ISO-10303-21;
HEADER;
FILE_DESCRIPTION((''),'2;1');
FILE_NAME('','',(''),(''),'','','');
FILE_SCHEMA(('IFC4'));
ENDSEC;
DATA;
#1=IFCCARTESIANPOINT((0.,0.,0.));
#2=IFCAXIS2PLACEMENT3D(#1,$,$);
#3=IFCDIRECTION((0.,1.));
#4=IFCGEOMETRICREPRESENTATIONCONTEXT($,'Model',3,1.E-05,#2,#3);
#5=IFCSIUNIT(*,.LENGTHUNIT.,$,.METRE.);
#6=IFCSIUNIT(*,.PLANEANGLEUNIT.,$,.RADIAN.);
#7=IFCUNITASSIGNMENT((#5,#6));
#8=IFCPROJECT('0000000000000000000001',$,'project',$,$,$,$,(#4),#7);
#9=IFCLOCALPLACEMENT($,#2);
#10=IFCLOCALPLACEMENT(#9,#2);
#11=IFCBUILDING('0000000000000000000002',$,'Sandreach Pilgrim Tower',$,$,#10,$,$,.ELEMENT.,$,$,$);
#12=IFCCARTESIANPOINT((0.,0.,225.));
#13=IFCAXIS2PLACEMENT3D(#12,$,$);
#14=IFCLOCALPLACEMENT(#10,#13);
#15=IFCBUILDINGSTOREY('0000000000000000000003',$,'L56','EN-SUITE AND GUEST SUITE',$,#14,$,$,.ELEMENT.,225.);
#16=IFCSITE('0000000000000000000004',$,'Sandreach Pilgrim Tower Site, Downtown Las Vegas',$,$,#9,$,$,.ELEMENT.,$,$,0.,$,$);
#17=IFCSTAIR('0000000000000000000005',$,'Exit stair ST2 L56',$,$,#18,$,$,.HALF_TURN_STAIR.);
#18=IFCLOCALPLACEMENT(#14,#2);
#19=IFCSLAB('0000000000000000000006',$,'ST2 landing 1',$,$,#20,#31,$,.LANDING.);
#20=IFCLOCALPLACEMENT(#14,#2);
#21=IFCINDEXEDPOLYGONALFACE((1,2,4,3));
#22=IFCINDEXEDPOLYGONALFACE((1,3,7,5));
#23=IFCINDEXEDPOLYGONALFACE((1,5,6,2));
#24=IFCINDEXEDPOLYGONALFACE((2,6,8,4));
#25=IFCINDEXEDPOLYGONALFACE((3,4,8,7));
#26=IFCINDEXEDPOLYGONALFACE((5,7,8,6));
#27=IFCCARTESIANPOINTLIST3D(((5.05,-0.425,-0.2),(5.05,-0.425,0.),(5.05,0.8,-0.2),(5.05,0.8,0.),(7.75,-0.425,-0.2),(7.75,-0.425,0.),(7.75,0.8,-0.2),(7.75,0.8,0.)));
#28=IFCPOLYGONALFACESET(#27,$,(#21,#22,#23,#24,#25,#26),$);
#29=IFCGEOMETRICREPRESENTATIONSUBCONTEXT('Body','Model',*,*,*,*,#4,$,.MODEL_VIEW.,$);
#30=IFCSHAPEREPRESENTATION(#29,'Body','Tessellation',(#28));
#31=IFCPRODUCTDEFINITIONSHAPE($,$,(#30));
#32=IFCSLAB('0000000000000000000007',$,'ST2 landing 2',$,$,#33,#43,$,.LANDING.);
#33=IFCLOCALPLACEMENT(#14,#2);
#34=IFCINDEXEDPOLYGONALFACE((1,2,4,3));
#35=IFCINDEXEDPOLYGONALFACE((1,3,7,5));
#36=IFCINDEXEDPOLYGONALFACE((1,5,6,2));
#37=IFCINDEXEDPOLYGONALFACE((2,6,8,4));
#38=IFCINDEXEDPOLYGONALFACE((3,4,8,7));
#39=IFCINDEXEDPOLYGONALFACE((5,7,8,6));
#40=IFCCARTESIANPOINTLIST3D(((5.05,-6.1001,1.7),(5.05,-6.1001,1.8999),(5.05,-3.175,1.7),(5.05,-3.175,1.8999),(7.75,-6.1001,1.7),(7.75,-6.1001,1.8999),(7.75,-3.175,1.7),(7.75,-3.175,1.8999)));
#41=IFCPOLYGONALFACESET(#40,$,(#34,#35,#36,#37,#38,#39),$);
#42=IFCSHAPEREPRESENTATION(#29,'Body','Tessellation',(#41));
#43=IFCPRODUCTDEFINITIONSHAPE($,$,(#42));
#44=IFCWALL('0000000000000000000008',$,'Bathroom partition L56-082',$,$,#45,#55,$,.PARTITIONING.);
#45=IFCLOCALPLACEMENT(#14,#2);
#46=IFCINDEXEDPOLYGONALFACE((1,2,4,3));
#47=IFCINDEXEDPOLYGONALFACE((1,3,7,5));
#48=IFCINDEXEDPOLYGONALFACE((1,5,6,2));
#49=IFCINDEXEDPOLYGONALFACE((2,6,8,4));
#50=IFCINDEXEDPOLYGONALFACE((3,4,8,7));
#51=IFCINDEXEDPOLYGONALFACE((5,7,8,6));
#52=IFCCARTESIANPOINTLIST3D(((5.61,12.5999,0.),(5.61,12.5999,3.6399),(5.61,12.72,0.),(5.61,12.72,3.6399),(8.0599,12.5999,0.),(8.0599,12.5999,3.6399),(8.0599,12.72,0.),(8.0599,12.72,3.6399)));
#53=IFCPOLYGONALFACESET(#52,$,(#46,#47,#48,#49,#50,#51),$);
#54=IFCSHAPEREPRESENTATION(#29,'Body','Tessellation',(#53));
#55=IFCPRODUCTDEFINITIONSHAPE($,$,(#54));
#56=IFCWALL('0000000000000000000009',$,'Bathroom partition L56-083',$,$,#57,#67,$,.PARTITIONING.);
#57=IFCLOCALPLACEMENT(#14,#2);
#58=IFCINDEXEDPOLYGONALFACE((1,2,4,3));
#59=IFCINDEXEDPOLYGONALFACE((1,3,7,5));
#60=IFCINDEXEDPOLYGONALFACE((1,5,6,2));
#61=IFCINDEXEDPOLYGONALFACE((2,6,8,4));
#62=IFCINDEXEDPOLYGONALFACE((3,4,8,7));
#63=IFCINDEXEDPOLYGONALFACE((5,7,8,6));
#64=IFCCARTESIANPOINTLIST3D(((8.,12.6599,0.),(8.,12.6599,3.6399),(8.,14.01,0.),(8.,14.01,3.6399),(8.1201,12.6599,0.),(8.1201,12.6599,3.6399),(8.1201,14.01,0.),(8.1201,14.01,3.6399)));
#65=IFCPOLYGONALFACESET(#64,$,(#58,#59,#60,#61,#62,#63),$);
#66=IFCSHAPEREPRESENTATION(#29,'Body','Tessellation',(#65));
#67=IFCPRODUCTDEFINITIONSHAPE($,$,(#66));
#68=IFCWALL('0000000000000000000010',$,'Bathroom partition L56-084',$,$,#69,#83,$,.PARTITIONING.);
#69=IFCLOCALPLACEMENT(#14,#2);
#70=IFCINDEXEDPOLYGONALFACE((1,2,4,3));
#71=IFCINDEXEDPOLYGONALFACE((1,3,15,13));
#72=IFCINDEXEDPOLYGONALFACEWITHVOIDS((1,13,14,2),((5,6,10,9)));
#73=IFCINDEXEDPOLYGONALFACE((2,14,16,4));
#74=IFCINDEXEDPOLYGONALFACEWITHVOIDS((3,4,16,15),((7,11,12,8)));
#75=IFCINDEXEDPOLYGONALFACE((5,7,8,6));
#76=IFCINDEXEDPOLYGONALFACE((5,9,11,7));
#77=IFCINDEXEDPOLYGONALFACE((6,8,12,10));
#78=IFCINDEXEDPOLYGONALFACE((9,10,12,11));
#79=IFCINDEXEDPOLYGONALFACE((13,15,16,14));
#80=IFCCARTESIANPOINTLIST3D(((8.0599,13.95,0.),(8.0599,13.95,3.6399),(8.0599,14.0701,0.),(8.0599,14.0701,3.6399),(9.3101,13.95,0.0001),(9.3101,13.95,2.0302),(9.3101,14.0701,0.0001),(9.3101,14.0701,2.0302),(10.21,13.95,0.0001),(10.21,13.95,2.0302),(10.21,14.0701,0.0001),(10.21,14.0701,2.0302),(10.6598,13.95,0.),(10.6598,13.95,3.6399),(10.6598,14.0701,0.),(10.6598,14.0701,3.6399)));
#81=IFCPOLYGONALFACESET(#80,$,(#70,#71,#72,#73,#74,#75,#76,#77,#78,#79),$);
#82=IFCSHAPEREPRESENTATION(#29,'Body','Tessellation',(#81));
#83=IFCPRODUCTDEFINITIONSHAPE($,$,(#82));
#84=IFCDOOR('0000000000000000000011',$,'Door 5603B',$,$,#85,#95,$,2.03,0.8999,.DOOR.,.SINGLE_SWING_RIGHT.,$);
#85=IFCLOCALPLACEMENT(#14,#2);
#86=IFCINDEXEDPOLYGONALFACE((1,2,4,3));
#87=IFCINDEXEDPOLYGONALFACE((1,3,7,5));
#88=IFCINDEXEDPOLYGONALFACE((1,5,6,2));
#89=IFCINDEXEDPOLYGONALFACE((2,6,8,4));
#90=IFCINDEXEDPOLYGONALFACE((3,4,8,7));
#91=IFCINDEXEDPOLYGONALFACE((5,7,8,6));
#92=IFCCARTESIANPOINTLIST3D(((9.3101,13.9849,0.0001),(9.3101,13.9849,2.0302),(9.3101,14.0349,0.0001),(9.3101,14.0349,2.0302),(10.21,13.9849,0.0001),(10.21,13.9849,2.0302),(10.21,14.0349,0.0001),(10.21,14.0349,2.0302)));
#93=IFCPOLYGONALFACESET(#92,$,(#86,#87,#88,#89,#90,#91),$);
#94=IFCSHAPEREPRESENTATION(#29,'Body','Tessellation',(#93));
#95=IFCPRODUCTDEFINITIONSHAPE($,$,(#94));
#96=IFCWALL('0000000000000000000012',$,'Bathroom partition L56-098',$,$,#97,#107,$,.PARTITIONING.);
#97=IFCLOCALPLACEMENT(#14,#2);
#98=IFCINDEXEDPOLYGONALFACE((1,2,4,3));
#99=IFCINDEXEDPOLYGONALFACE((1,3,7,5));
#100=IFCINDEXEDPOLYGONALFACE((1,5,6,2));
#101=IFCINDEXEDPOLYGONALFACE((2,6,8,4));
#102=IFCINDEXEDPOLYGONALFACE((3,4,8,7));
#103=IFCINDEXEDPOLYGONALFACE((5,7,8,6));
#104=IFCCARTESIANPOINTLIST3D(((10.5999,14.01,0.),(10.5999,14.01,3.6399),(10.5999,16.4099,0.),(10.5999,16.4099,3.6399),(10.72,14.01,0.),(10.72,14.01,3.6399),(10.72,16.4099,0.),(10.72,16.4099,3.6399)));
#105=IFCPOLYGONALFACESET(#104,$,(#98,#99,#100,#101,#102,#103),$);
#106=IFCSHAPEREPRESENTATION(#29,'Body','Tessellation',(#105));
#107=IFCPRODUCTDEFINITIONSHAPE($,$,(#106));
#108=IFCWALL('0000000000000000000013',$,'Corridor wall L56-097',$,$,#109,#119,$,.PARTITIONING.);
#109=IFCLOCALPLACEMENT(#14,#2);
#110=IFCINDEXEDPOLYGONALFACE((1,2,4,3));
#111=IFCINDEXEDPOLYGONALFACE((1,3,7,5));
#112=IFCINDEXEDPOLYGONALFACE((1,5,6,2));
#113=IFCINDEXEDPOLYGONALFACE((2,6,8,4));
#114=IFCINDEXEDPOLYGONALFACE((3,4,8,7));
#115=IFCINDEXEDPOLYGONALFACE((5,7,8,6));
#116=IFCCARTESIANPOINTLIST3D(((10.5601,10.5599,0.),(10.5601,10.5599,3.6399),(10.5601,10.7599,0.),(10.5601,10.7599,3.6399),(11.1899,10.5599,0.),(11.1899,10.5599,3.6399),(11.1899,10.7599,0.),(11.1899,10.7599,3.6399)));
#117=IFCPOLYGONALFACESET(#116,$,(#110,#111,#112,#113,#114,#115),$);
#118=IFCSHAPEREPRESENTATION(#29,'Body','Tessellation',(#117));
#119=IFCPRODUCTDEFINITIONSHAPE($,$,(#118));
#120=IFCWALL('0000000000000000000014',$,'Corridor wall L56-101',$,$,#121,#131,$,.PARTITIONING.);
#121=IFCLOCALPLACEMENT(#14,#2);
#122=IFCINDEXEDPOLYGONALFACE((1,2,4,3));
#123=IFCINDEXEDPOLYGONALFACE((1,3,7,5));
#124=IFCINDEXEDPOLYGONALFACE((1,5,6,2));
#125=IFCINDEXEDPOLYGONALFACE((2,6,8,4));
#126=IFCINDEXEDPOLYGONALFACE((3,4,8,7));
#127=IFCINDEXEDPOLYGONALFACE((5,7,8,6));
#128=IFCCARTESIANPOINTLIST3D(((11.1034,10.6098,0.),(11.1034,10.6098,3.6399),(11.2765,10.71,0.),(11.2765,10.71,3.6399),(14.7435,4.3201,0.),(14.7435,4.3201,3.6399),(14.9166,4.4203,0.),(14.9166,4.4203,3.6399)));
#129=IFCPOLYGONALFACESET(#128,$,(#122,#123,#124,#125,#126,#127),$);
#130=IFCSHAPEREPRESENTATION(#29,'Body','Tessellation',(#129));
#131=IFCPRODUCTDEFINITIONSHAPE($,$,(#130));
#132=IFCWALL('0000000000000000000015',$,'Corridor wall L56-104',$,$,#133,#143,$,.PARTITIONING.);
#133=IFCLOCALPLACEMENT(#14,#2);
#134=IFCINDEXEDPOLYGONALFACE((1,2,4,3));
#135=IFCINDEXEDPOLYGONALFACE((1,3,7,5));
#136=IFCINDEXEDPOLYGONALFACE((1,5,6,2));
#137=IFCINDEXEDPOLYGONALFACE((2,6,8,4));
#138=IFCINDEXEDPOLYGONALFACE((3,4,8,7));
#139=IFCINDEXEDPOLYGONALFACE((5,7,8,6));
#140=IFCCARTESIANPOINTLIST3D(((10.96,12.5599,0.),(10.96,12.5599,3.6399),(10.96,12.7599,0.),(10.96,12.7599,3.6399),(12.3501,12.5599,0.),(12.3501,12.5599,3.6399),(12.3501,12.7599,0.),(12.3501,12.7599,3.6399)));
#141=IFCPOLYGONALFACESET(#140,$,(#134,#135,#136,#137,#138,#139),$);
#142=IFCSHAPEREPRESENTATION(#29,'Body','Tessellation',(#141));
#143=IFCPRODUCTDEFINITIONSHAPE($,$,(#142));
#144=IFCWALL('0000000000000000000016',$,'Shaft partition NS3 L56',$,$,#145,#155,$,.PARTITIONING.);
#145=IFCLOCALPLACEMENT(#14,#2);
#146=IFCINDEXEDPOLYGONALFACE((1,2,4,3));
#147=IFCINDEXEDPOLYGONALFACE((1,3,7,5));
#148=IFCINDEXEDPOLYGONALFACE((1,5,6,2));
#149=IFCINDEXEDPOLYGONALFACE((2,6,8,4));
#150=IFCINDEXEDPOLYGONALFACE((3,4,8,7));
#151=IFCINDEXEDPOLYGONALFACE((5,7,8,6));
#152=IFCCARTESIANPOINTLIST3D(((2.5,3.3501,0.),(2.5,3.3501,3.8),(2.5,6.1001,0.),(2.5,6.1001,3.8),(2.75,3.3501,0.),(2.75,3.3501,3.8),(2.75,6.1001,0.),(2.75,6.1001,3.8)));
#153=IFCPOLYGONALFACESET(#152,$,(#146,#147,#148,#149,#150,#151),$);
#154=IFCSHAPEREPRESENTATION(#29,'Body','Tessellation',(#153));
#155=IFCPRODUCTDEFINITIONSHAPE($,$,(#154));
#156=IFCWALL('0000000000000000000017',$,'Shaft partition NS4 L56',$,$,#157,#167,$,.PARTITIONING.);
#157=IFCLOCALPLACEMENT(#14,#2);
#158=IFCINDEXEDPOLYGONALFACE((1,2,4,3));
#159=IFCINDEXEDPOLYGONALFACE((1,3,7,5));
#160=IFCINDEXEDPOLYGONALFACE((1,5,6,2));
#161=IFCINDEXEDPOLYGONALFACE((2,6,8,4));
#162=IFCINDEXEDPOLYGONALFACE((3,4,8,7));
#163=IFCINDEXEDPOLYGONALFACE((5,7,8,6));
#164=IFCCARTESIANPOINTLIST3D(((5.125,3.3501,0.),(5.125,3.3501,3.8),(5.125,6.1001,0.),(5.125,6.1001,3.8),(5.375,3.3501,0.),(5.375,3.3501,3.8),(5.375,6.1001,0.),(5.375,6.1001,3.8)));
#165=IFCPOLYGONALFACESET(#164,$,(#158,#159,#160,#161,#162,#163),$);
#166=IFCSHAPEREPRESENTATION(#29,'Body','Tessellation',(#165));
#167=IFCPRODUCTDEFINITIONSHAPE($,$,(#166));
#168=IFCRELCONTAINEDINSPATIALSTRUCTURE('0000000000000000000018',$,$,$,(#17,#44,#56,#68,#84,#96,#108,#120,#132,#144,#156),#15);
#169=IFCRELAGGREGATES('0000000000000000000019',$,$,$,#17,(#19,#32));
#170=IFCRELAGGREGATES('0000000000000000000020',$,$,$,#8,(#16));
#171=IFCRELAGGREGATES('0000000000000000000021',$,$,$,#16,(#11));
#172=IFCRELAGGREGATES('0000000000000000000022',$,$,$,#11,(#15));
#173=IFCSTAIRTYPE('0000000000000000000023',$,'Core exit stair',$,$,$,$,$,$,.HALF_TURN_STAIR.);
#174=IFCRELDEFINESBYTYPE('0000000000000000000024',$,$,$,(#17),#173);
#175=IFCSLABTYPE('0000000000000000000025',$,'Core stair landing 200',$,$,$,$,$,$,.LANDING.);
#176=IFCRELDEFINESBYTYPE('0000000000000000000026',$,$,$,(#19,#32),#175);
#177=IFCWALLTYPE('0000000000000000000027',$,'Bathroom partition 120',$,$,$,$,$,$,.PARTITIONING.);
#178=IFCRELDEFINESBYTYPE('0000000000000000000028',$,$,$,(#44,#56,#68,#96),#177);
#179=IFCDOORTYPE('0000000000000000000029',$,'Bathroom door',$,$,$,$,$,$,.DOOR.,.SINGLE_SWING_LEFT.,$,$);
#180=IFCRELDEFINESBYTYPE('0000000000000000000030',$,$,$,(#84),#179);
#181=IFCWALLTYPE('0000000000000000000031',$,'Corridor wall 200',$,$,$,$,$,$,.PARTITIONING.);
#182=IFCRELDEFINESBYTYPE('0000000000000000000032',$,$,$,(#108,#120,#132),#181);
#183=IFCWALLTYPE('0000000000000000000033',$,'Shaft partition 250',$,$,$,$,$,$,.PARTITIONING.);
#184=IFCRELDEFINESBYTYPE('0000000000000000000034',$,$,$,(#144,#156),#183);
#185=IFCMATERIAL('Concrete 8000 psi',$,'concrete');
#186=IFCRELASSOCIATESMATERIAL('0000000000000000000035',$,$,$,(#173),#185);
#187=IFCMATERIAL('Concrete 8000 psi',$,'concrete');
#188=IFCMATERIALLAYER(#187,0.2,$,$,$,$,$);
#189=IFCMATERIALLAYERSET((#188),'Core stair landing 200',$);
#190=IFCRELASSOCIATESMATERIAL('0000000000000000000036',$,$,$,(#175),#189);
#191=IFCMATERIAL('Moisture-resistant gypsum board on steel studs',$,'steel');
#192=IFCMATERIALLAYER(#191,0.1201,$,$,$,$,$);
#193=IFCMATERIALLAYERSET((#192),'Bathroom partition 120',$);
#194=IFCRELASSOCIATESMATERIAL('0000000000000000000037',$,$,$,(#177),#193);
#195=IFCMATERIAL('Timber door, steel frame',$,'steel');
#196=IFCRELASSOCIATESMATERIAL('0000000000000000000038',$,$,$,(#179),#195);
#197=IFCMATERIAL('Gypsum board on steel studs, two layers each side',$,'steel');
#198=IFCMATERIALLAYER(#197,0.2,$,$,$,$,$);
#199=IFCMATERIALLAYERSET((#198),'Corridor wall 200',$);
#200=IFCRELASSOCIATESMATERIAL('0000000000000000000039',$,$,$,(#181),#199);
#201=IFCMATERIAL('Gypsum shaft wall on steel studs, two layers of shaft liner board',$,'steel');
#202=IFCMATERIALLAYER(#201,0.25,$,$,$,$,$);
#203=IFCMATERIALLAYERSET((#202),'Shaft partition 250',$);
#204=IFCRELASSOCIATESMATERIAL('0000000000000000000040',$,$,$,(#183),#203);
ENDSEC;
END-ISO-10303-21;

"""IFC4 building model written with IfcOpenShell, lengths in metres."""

from ifc_helpers import new_model, si_unit, direction, frame, frame_2d, origin, place, context, subcontext, project, spatial, polyline, rectangle, outline, extrude, material, layer, layer_set, type_object, element, fill, aggregate, save


model = new_model("IFC4")

# Units and contexts
model_context = context("Model", 3, precision=1e-05, world=origin(), true_north=direction((0.0, 1.0)))
body_context = subcontext(model_context, "Body", "Model", "MODEL_VIEW")
ifc_project = project(units=[si_unit("LENGTHUNIT", "METRE"), si_unit("PLANEANGLEUNIT", "RADIAN")], contexts=[model_context])

# Site, building, storey
site_placement = place(None, origin())
site = spatial("IfcSite", under=ifc_project, at=site_placement, Name="Sandreach Pilgrim Tower Site, Downtown Las Vegas", CompositionType="ELEMENT", RefElevation=0.0)
building_placement = place(site_placement, origin())
building = spatial("IfcBuilding", under=site, at=building_placement, Name="Sandreach Pilgrim Tower", CompositionType="ELEMENT")
storey_placement = place(building_placement, frame((0.0, 0.0, 225.0)))
storey = spatial("IfcBuildingStorey", under=building, at=storey_placement, Name="L56", Description="EN-SUITE AND GUEST SUITE", CompositionType="ELEMENT", Elevation=225.0)

# Stair, slabs
ifc_material_1 = material(Name="Concrete 8000 psi", Category="concrete")
stair_type = type_object("IfcStairType", Name="Core exit stair", PredefinedType="HALF_TURN_STAIR", material=ifc_material_1)
ifc_material_2 = material(Name="Concrete 8000 psi", Category="concrete")
ifc_layer_1 = layer(ifc_material_2, 0.2)
ifc_layer_set_1 = layer_set([ifc_layer_1], Name="Core stair landing 200")
slab_type_1 = type_object("IfcSlabType", Name="Core stair landing 200", PredefinedType="LANDING", material=ifc_layer_set_1)
stair_1_placement = place(storey_placement, origin())
stair_1 = element("IfcStair", 1, at=stair_1_placement, inside=storey, type_object=stair_type, Name="Exit stair ST2 L56", PredefinedType="HALF_TURN_STAIR")
slab_1_placement = place(storey_placement, frame((0.0, 0.0, -0.2)))
slab_1 = element("IfcSlab", 2, at=slab_1_placement, type_object=slab_type_1, Name="ST2 landing 1", PredefinedType="LANDING", context=body_context, shape_type="SweptSolid", body=[
    extrude(outline(polyline([(5.05, -0.425), (7.75, -0.425), (7.75, 0.8), (5.05, 0.8), (5.05, -0.425)])), origin(), (0.0, 0.0, 1.0), 0.2),
])
slab_2_placement = place(storey_placement, frame((0.0, 0.0, 1.7)))
slab_2 = element("IfcSlab", 3, at=slab_2_placement, type_object=slab_type_1, Name="ST2 landing 2", PredefinedType="LANDING", context=body_context, shape_type="SweptSolid", body=[
    extrude(outline(polyline([(5.05, -6.1001), (7.75, -6.1001), (7.75, -3.175), (5.05, -3.175), (5.05, -6.1001)])), origin(), (0.0, 0.0, 1.0), 0.2),
])
aggregate(stair_1, [slab_1, slab_2])

# Walls
ifc_material_3 = material(Name="Moisture-resistant gypsum board on steel studs", Category="steel")
ifc_layer_2 = layer(ifc_material_3, 0.1201)
ifc_layer_set_2 = layer_set([ifc_layer_2], Name="Bathroom partition 120")
wall_type_1 = type_object("IfcWallType", Name="Bathroom partition 120", PredefinedType="PARTITIONING", material=ifc_layer_set_2)
wall_1_placement = place(storey_placement, frame((8.0601, 12.6599, 0.0), z_axis=(0.0, 0.0, 1.0), x_axis=(-1.0, 0.0, 0.0)))
element("IfcWall", 4, at=wall_1_placement, inside=storey, type_object=wall_type_1, Name="Bathroom partition L56-082", PredefinedType="PARTITIONING", context=body_context, shape_type="SweptSolid", body=[
    extrude(rectangle(XDim=2.45, YDim=0.1201, at=frame_2d((1.2251, 0.0))), origin(), (0.0, 0.0, 1.0), 3.6399),
])
wall_2_placement = place(storey_placement, frame((8.0601, 14.01, 0.0), z_axis=(0.0, 0.0, 1.0), x_axis=(0.0, -1.0, 0.0)))
element("IfcWall", 5, at=wall_2_placement, inside=storey, type_object=wall_type_1, Name="Bathroom partition L56-083", PredefinedType="PARTITIONING", context=body_context, shape_type="SweptSolid", body=[
    extrude(rectangle(XDim=1.3501, YDim=0.1201, at=frame_2d((0.675, 0.0))), origin(), (0.0, 0.0, 1.0), 3.6399),
])

# Wall, opening, door
wall_3_placement = place(storey_placement, frame((8.0601, 14.01, 0.0), z_axis=(0.0, 0.0, 1.0), x_axis=(1.0, 0.0, 0.0)))
wall_3 = element("IfcWall", 6, at=wall_3_placement, inside=storey, type_object=wall_type_1, Name="Bathroom partition L56-084", PredefinedType="PARTITIONING", context=body_context, shape_type="SweptSolid", body=[
    extrude(rectangle(XDim=2.5999, YDim=0.1201, at=frame_2d((1.2998, 0.0))), origin(), (0.0, 0.0, 1.0), 3.6399),
])
opening_1_placement = place(wall_3_placement, frame((1.25, 0.0, 0.0)))
opening_1 = element("IfcOpeningElement", 7, at=opening_1_placement, cuts=wall_3, PredefinedType="OPENING", context=body_context, shape_type="SweptSolid", body=[
    extrude(rectangle(XDim=0.8999, YDim=2.03, at=frame_2d((0.45, 1.0151))), frame((0.0, 0.0601, 0.0), z_axis=(0.0, -1.0, 0.0), x_axis=(1.0, 0.0, 0.0)), (0.0, 0.0, 1.0), 0.1201),
])
ifc_material_4 = material(Name="Timber door, steel frame", Category="steel")
door_type_1 = type_object("IfcDoorType", Name="Bathroom door", OperationType="SINGLE_SWING_LEFT", PredefinedType="DOOR", material=ifc_material_4)
door_1_placement = place(opening_1_placement, origin())
door_1 = element("IfcDoor", 8, at=door_1_placement, inside=storey, type_object=door_type_1, Name="Door 5603B", OperationType="SINGLE_SWING_RIGHT", OverallHeight=2.03, OverallWidth=0.8999, PredefinedType="DOOR", context=body_context, shape_type="SweptSolid", body=[
    extrude(rectangle(XDim=0.8999, YDim=2.03, at=frame_2d((0.45, 1.0151))), frame((0.0, 0.0249, 0.0), z_axis=(0.0, -1.0, 0.0), x_axis=(1.0, 0.0, 0.0)), (0.0, 0.0, 1.0), 0.05),
])
fill(opening_1, door_1)

# Wall
wall_4_placement = place(storey_placement, frame((10.6599, 14.01, 0.0), z_axis=(0.0, 0.0, 1.0), x_axis=(0.0, 1.0, 0.0)))
element("IfcWall", 9, at=wall_4_placement, inside=storey, type_object=wall_type_1, Name="Bathroom partition L56-098", PredefinedType="PARTITIONING", context=body_context, shape_type="SweptSolid", body=[
    extrude(rectangle(XDim=2.3999, YDim=0.1201, at=frame_2d((1.2, 0.0))), origin(), (0.0, 0.0, 1.0), 3.6399),
])

# Shared definitions
ifc_material_5 = material(Name="Gypsum board on steel studs, two layers each side", Category="steel")
ifc_layer_3 = layer(ifc_material_5, 0.2)
ifc_layer_set_3 = layer_set([ifc_layer_3], Name="Corridor wall 200")
wall_type_2 = type_object("IfcWallType", Name="Corridor wall 200", PredefinedType="PARTITIONING", material=ifc_layer_set_3)

# Wall
wall_5_placement = place(storey_placement, frame((10.5601, 10.6599, 0.0), z_axis=(0.0, 0.0, 1.0), x_axis=(1.0, 0.0, 0.0)))
element("IfcWall", 10, at=wall_5_placement, inside=storey, type_object=wall_type_2, Name="Corridor wall L56-097", PredefinedType="PARTITIONING", context=body_context, shape_type="SweptSolid", body=[
    extrude(rectangle(XDim=0.6299, YDim=0.2, at=frame_2d((0.3149, 0.0))), origin(), (0.0, 0.0, 1.0), 3.6399),
])

# Walls
wall_6_placement = place(storey_placement, frame((11.1899, 10.6599, 0.0), z_axis=(0.0, 0.0, 1.0), x_axis=(0.5009, -0.865505, 0.0)))
element("IfcWall", 11, at=wall_6_placement, inside=storey, type_object=wall_type_2, Name="Corridor wall L56-101", PredefinedType="PARTITIONING", context=body_context, shape_type="SweptSolid", body=[
    extrude(rectangle(XDim=7.2671, YDim=0.2, at=frame_2d((3.6335, 0.0))), origin(), (0.0, 0.0, 1.0), 3.6399),
])
wall_7_placement = place(storey_placement, frame((12.3501, 12.6599, 0.0), z_axis=(0.0, 0.0, 1.0), x_axis=(-1.0, 0.0, 0.0)))
element("IfcWall", 12, at=wall_7_placement, inside=storey, type_object=wall_type_2, Name="Corridor wall L56-104", PredefinedType="PARTITIONING", context=body_context, shape_type="SweptSolid", body=[
    extrude(rectangle(XDim=1.3901, YDim=0.2, at=frame_2d((0.6951, 0.0))), origin(), (0.0, 0.0, 1.0), 3.6399),
])
ifc_material_6 = material(Name="Gypsum shaft wall on steel studs, two layers of shaft liner board", Category="steel")
ifc_layer_4 = layer(ifc_material_6, 0.25)
ifc_layer_set_4 = layer_set([ifc_layer_4], Name="Shaft partition 250")
wall_type_3 = type_object("IfcWallType", Name="Shaft partition 250", PredefinedType="PARTITIONING", material=ifc_layer_set_4)
for number, where, z_axis, x_axis, name in (
    (13, (2.625, 3.3501, 0.0), (0.0, 0.0, 1.0), (0.0, 1.0, 0.0), "Shaft partition NS3 L56"),
    (14, (5.25, 3.3501, 0.0), (0.0, 0.0, 1.0), (0.0, 1.0, 0.0), "Shaft partition NS4 L56"),
):
    element("IfcWall", number, at=place(storey_placement, frame(where, z_axis=z_axis, x_axis=x_axis)), inside=storey, type_object=wall_type_3, Name=name, PredefinedType="PARTITIONING", context=body_context, shape_type="SweptSolid", body=[
        extrude(rectangle(XDim=2.75, YDim=0.25, at=frame_2d((1.375, 0.0))), origin(), (0.0, 0.0, 1.0), 3.8),
    ])

save(model, "model.ifc")
